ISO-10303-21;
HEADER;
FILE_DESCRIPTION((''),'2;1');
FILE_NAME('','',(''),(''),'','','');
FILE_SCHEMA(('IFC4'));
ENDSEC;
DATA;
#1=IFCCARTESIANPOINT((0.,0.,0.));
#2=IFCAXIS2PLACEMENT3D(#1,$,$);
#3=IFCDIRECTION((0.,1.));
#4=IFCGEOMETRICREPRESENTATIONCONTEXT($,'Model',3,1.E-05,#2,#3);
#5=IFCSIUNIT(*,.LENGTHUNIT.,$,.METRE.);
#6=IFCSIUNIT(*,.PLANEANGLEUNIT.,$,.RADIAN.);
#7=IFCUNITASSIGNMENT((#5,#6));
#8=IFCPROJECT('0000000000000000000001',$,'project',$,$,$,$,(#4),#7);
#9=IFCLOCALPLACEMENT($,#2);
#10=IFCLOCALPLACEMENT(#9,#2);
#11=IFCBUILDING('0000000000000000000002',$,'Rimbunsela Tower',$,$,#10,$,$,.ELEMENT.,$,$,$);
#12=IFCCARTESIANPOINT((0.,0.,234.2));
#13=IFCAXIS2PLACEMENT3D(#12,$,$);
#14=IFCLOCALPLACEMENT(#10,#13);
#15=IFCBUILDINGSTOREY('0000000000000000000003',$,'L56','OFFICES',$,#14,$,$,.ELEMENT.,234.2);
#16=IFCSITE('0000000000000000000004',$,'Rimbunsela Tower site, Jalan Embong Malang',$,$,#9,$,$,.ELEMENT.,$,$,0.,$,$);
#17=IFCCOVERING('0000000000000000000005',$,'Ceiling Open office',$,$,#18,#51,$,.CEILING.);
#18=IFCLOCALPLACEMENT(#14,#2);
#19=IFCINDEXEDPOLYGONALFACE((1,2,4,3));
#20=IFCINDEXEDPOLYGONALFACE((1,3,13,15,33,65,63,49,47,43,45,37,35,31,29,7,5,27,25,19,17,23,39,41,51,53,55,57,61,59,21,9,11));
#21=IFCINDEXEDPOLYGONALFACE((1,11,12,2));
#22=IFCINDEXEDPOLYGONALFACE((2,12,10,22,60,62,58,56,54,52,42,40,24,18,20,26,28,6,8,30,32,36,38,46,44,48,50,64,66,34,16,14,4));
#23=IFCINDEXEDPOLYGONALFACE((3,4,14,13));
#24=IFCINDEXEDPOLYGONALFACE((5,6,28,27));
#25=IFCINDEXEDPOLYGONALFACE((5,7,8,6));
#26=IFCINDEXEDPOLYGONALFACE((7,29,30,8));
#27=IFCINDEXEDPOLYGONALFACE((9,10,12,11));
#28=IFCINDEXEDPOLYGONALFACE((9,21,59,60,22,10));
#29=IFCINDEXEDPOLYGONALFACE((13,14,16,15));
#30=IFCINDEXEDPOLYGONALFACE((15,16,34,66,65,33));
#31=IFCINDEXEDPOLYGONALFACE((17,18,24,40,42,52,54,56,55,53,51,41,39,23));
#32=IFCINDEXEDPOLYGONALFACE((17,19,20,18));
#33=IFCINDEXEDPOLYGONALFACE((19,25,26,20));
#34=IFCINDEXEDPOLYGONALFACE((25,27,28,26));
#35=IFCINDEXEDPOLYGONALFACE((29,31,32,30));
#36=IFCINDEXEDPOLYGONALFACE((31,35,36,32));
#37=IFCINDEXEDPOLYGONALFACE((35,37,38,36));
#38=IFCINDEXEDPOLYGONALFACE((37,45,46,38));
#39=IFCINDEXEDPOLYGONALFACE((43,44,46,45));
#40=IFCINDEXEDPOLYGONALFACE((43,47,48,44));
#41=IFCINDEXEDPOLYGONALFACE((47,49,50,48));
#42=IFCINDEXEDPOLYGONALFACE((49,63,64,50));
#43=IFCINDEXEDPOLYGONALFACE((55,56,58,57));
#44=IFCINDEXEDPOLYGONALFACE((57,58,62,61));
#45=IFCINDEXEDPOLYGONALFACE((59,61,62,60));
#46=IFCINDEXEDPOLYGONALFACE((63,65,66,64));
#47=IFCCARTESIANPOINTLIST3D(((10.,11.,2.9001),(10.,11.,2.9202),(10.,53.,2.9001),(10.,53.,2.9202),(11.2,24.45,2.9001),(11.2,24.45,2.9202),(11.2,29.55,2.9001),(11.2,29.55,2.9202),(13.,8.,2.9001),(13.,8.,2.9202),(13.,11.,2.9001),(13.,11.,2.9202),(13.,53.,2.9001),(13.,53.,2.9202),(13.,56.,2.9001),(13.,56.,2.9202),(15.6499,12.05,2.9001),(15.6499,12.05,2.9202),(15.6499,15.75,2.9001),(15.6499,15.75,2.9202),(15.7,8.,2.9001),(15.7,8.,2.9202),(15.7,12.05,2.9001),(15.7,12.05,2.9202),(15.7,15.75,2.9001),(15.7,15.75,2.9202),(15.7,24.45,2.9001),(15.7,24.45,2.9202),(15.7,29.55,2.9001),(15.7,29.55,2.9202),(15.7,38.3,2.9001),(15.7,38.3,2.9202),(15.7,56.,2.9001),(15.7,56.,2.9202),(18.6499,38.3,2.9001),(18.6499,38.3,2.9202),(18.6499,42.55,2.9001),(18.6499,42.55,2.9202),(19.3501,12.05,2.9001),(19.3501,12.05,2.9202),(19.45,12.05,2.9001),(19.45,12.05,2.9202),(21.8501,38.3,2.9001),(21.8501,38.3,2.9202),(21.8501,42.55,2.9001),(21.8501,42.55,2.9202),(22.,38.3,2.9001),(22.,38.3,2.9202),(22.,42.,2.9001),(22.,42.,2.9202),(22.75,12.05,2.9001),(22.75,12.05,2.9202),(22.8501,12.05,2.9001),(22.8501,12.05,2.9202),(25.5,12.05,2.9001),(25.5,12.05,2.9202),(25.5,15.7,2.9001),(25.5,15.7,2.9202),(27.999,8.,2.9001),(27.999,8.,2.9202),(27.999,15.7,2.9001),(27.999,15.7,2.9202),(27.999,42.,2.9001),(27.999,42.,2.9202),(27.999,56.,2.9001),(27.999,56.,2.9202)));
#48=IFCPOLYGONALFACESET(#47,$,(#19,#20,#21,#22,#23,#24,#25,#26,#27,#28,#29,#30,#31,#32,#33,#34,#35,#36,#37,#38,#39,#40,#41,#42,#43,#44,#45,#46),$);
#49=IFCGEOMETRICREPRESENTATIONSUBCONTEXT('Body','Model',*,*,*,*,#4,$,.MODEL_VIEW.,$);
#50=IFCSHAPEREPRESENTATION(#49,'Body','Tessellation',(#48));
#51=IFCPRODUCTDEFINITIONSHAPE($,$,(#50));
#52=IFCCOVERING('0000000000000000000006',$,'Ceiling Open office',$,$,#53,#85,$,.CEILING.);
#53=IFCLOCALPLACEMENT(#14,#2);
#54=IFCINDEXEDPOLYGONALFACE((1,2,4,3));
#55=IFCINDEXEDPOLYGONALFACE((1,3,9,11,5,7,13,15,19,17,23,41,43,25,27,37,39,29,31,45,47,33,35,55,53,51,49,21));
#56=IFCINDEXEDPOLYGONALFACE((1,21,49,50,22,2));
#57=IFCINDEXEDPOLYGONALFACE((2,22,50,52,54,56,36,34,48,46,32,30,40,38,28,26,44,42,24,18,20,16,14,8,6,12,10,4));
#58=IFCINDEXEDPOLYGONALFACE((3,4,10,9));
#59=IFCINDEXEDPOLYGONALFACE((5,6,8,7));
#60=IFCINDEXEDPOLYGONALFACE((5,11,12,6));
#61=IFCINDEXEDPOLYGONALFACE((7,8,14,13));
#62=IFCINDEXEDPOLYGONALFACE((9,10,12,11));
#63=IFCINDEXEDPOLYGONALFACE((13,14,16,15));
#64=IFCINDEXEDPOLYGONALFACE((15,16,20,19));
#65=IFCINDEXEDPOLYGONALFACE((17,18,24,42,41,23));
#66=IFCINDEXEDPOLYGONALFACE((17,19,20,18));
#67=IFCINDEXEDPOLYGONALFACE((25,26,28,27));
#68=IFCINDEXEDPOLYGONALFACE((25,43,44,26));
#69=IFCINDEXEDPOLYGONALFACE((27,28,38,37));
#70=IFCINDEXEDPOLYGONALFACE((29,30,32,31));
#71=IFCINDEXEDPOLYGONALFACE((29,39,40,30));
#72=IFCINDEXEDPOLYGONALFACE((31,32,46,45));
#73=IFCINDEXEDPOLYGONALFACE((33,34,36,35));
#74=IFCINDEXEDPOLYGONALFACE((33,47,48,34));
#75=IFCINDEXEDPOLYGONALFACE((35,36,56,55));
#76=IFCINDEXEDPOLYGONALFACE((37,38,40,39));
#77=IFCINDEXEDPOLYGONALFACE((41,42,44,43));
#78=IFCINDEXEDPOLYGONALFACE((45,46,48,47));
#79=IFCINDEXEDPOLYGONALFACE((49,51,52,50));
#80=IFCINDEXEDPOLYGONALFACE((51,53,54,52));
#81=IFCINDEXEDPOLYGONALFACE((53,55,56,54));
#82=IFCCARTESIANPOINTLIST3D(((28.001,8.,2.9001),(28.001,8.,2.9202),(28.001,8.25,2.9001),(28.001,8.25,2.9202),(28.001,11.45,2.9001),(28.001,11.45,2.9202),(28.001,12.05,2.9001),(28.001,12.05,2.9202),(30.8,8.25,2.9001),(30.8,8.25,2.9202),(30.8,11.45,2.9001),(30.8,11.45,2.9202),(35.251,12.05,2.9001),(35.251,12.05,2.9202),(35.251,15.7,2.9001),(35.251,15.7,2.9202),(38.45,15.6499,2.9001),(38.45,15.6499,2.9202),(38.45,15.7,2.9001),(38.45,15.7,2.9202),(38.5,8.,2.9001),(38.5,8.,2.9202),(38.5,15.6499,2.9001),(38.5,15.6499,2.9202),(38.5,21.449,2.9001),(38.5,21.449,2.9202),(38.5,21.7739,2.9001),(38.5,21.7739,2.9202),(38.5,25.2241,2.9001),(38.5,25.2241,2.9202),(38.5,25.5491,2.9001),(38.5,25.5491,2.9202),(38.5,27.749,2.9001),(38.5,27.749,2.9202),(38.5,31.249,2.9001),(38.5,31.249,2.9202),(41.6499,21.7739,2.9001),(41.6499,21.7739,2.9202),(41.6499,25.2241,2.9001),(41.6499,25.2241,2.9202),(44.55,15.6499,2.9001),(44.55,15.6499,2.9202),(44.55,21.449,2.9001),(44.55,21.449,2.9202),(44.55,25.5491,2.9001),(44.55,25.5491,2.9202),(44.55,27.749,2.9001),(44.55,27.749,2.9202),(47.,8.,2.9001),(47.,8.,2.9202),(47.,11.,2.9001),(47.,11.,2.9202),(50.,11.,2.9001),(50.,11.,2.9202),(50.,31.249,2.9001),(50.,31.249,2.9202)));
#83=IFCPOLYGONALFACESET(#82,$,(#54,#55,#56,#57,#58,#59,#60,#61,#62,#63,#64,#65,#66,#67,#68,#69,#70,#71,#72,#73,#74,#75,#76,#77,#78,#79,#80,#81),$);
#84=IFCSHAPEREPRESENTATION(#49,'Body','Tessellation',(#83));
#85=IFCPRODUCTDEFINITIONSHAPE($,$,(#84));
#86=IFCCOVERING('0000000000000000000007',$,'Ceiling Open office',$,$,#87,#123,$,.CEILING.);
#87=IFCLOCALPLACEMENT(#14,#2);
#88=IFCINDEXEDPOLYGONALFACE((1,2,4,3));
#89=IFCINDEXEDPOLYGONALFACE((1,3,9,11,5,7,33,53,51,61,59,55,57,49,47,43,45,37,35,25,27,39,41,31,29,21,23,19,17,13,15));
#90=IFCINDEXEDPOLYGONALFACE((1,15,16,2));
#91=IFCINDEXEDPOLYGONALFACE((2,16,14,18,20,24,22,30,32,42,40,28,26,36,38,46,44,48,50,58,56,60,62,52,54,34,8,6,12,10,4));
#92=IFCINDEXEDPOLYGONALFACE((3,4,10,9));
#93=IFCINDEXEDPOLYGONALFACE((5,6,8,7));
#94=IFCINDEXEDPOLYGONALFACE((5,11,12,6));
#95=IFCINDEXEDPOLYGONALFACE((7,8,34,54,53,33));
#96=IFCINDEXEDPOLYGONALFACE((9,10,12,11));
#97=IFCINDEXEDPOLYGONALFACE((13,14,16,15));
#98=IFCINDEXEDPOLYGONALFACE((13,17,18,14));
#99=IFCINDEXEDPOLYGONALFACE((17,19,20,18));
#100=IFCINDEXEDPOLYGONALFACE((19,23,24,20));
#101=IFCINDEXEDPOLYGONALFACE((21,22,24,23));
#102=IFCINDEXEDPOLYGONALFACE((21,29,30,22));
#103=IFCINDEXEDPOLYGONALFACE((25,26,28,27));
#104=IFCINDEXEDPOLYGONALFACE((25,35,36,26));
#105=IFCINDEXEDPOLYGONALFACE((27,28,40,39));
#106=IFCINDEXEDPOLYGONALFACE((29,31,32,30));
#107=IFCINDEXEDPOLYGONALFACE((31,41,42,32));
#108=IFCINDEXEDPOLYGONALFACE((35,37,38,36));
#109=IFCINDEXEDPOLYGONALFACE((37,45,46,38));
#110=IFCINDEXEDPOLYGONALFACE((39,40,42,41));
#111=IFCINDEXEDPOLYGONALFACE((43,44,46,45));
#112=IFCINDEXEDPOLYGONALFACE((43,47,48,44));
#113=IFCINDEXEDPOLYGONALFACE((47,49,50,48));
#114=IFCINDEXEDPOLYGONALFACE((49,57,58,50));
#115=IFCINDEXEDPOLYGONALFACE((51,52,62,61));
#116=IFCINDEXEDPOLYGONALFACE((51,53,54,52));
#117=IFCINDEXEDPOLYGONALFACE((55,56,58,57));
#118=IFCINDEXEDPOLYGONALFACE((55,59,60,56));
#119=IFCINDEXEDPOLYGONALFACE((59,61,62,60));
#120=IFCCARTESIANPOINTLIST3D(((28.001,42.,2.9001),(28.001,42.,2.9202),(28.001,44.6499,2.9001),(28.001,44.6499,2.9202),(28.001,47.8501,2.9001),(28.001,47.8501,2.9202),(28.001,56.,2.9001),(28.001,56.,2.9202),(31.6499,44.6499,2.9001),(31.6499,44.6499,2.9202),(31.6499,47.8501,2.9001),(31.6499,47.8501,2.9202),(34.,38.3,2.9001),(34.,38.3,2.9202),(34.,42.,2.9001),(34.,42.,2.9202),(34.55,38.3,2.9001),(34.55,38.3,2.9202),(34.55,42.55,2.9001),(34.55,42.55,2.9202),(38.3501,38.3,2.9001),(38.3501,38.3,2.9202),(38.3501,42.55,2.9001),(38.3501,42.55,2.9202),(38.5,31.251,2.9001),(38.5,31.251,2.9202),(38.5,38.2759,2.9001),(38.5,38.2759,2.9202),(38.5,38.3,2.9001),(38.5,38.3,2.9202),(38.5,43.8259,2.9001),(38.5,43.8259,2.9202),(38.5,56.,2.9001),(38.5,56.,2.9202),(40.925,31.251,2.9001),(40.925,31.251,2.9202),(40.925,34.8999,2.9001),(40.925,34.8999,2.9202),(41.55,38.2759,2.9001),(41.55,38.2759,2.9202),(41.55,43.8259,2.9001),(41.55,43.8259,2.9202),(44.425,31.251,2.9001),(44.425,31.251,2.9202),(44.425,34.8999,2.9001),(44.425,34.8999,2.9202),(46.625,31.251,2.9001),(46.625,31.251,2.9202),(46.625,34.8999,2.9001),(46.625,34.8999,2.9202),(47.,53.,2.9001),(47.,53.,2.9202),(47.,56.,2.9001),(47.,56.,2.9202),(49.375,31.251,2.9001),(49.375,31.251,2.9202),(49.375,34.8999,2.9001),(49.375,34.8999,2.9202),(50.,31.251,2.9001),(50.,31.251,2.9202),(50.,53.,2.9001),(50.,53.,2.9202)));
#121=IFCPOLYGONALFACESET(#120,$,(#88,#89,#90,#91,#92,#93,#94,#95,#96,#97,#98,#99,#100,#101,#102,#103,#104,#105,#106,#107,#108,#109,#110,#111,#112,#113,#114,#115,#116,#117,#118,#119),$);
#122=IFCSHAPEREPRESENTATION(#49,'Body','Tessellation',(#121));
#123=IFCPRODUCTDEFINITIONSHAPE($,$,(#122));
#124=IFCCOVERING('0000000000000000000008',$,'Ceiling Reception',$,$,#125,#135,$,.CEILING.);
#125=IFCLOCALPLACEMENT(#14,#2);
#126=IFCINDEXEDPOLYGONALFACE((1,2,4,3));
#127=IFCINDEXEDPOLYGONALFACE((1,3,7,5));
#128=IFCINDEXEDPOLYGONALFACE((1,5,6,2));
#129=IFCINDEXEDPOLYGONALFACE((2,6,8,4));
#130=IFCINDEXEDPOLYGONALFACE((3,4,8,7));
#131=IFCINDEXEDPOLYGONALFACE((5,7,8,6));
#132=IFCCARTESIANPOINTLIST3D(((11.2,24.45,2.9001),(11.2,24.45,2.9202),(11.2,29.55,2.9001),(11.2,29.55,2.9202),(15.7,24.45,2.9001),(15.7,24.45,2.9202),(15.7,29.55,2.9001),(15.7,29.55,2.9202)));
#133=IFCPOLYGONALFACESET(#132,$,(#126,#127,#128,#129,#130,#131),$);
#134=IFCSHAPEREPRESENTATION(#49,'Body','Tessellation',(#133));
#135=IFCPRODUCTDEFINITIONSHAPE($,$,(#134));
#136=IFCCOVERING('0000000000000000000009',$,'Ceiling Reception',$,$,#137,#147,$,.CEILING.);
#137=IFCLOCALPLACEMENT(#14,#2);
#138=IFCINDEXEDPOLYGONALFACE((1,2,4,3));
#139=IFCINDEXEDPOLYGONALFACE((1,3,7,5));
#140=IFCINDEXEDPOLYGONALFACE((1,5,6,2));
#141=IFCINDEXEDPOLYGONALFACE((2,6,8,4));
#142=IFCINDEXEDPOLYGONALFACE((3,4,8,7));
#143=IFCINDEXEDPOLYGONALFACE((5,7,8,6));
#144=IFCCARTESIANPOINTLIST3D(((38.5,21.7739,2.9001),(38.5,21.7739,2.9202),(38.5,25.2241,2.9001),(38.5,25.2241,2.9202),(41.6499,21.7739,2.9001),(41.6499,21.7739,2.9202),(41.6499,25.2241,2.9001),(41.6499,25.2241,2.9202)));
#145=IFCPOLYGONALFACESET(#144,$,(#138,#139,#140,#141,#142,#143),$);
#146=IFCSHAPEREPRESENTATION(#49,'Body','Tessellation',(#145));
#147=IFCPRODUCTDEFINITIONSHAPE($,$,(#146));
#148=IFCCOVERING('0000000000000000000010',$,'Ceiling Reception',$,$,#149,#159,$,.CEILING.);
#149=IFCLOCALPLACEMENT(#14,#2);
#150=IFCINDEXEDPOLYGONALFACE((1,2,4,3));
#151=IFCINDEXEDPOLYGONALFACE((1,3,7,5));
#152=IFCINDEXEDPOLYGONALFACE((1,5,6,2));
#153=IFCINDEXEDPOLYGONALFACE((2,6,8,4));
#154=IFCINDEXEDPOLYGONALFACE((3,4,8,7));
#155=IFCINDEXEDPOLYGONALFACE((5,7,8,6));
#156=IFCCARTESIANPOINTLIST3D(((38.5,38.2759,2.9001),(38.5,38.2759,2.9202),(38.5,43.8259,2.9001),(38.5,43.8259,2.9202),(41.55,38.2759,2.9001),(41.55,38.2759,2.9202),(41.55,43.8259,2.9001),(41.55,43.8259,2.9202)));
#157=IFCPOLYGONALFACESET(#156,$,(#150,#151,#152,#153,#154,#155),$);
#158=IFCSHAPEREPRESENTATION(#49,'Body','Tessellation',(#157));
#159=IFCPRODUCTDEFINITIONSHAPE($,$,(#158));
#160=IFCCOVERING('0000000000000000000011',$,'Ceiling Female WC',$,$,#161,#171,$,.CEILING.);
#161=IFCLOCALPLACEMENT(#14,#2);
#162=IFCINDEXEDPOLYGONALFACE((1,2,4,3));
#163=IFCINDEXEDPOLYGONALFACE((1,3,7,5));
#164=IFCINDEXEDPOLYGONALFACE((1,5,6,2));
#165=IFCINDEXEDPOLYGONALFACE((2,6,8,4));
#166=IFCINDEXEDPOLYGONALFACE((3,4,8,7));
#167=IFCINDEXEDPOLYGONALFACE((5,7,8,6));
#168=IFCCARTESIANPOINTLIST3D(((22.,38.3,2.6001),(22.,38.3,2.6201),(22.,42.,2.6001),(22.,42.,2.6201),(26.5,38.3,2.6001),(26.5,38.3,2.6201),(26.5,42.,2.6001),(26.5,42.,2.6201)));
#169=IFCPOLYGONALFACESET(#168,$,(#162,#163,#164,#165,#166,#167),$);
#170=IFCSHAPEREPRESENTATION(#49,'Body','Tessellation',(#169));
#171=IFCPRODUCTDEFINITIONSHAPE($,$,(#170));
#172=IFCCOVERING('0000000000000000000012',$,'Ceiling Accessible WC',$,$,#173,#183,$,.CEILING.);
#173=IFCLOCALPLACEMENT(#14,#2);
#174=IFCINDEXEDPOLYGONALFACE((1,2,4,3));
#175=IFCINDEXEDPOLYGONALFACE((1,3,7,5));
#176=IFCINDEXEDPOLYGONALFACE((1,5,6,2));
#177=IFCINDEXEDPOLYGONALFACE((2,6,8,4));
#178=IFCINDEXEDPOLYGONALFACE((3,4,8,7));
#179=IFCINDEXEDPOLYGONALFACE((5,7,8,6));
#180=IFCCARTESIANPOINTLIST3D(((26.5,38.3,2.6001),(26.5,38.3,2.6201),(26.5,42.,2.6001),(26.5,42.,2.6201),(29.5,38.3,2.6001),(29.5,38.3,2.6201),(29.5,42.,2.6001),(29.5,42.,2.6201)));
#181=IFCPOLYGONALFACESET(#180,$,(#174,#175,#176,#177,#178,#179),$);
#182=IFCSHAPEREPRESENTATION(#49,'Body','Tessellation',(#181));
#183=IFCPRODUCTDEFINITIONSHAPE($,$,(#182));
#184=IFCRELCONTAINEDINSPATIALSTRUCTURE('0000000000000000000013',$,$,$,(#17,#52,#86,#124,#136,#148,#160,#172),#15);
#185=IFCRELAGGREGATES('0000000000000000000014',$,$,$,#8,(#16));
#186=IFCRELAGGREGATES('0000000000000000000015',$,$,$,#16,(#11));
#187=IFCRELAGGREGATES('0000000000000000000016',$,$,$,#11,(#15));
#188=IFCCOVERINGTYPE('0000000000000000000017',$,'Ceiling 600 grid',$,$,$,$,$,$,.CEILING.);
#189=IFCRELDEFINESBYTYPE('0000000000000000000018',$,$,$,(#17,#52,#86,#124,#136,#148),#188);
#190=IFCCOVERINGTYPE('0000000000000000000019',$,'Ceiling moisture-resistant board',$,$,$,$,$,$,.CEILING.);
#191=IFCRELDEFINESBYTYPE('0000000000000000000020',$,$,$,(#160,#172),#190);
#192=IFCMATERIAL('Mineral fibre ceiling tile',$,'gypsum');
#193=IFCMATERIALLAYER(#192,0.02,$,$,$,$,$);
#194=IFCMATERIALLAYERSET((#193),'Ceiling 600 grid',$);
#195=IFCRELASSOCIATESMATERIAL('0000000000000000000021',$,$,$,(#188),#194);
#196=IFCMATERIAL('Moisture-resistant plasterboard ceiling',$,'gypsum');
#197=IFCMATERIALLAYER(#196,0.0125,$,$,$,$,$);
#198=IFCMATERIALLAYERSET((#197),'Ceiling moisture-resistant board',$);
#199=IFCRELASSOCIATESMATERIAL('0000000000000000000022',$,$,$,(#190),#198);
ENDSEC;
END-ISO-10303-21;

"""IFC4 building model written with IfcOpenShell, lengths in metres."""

from ifc_helpers import new_model, si_unit, direction, frame, origin, place, context, subcontext, project, spatial, polyline, outline, extrude, material, layer, layer_set, type_object, element, save


model = new_model("IFC4")

# Units and contexts
model_context = context("Model", 3, precision=1e-05, world=origin(), true_north=direction((0.0, 1.0)))
body_context = subcontext(model_context, "Body", "Model", "MODEL_VIEW")
ifc_project = project(units=[si_unit("LENGTHUNIT", "METRE"), si_unit("PLANEANGLEUNIT", "RADIAN")], contexts=[model_context])

# Site, building, storey
site_placement = place(None, origin())
site = spatial("IfcSite", under=ifc_project, at=site_placement, Name="Rimbunsela Tower site, Jalan Embong Malang", CompositionType="ELEMENT", RefElevation=0.0)
building_placement = place(site_placement, origin())
building = spatial("IfcBuilding", under=site, at=building_placement, Name="Rimbunsela Tower", CompositionType="ELEMENT")
storey_placement = place(building_placement, frame((0.0, 0.0, 234.2)))
storey = spatial("IfcBuildingStorey", under=building, at=storey_placement, Name="L56", Description="OFFICES", CompositionType="ELEMENT", Elevation=234.2)

# Coverings
ifc_material_1 = material(Name="Mineral fibre ceiling tile", Category="gypsum")
ifc_layer_1 = layer(ifc_material_1, 0.02)
ifc_layer_set_1 = layer_set([ifc_layer_1], Name="Ceiling 600 grid")
covering_type_1 = type_object("IfcCoveringType", Name="Ceiling 600 grid", PredefinedType="CEILING", material=ifc_layer_set_1)
covering_1_placement = place(storey_placement, frame((0.0, 0.0, 2.9001)))
element("IfcCovering", 1, at=covering_1_placement, inside=storey, type_object=covering_type_1, Name="Ceiling Open office", PredefinedType="CEILING", context=body_context, shape_type="SweptSolid", body=[
    extrude(outline(polyline([(19.45, 12.05), (22.75, 12.05), (22.8501, 12.05), (25.5, 12.05), (25.5, 15.7), (27.999, 15.7), (27.999, 8.0), (15.7, 8.0), (13.0, 8.0), (13.0, 11.0), (10.0, 11.0), (10.0, 53.0), (13.0, 53.0), (13.0, 56.0), (15.7, 56.0), (27.999, 56.0), (27.999, 42.0), (22.0, 42.0), (22.0, 38.3), (21.8501, 38.3), (21.8501, 42.55), (18.6499, 42.55), (18.6499, 38.3), (15.7, 38.3), (15.7, 29.55), (11.2, 29.55), (11.2, 24.45), (15.7, 24.45), (15.7, 15.75), (15.6499, 15.75), (15.6499, 12.05), (15.7, 12.05), (19.3501, 12.05), (19.45, 12.05)])), origin(), (0.0, 0.0, 1.0), 0.02),
])
covering_2_placement = place(storey_placement, frame((0.0, 0.0, 2.9001)))
element("IfcCovering", 2, at=covering_2_placement, inside=storey, type_object=covering_type_1, Name="Ceiling Open office", PredefinedType="CEILING", context=body_context, shape_type="SweptSolid", body=[
    extrude(outline(polyline([(28.001, 8.25), (30.8, 8.25), (30.8, 11.45), (28.001, 11.45), (28.001, 12.05), (35.251, 12.05), (35.251, 15.7), (38.45, 15.7), (38.45, 15.6499), (38.5, 15.6499), (44.55, 15.6499), (44.55, 21.449), (38.5, 21.449), (38.5, 21.7739), (41.6499, 21.7739), (41.6499, 25.2241), (38.5, 25.2241), (38.5, 25.5491), (44.55, 25.5491), (44.55, 27.749), (38.5, 27.749), (38.5, 31.249), (50.0, 31.249), (50.0, 11.0), (47.0, 11.0), (47.0, 8.0), (38.5, 8.0), (28.001, 8.0), (28.001, 8.25)])), origin(), (0.0, 0.0, 1.0), 0.02),
])
covering_3_placement = place(storey_placement, frame((0.0, 0.0, 2.9001)))
element("IfcCovering", 3, at=covering_3_placement, inside=storey, type_object=covering_type_1, Name="Ceiling Open office", PredefinedType="CEILING", context=body_context, shape_type="SweptSolid", body=[
    extrude(outline(polyline([(38.5, 38.3), (38.3501, 38.3), (38.3501, 42.55), (34.55, 42.55), (34.55, 38.3), (34.0, 38.3), (34.0, 42.0), (28.001, 42.0), (28.001, 44.6499), (31.6499, 44.6499), (31.6499, 47.8501), (28.001, 47.8501), (28.001, 56.0), (38.5, 56.0), (47.0, 56.0), (47.0, 53.0), (50.0, 53.0), (50.0, 31.251), (49.375, 31.251), (49.375, 34.8999), (46.625, 34.8999), (46.625, 31.251), (44.425, 31.251), (44.425, 34.8999), (40.925, 34.8999), (40.925, 31.251), (38.5, 31.251), (38.5, 38.2759), (41.55, 38.2759), (41.55, 43.8259), (38.5, 43.8259), (38.5, 38.3)])), origin(), (0.0, 0.0, 1.0), 0.02),
])
covering_4_placement = place(storey_placement, frame((0.0, 0.0, 2.9001)))
element("IfcCovering", 4, at=covering_4_placement, inside=storey, type_object=covering_type_1, Name="Ceiling Reception", PredefinedType="CEILING", context=body_context, shape_type="SweptSolid", body=[
    extrude(outline(polyline([(15.7, 24.45), (15.7, 29.55), (11.2, 29.55), (11.2, 24.45), (15.7, 24.45)])), origin(), (0.0, 0.0, 1.0), 0.02),
])
covering_5_placement = place(storey_placement, frame((0.0, 0.0, 2.9001)))
element("IfcCovering", 5, at=covering_5_placement, inside=storey, type_object=covering_type_1, Name="Ceiling Reception", PredefinedType="CEILING", context=body_context, shape_type="SweptSolid", body=[
    extrude(outline(polyline([(41.6499, 21.7739), (41.6499, 25.2241), (38.5, 25.2241), (38.5, 21.7739), (41.6499, 21.7739)])), origin(), (0.0, 0.0, 1.0), 0.02),
])
covering_6_placement = place(storey_placement, frame((0.0, 0.0, 2.9001)))
element("IfcCovering", 6, at=covering_6_placement, inside=storey, type_object=covering_type_1, Name="Ceiling Reception", PredefinedType="CEILING", context=body_context, shape_type="SweptSolid", body=[
    extrude(outline(polyline([(41.55, 38.2759), (41.55, 43.8259), (38.5, 43.8259), (38.5, 38.2759), (41.55, 38.2759)])), origin(), (0.0, 0.0, 1.0), 0.02),
])
ifc_material_2 = material(Name="Moisture-resistant plasterboard ceiling", Category="gypsum")
ifc_layer_2 = layer(ifc_material_2, 0.0125)
ifc_layer_set_2 = layer_set([ifc_layer_2], Name="Ceiling moisture-resistant board")
covering_type_2 = type_object("IfcCoveringType", Name="Ceiling moisture-resistant board", PredefinedType="CEILING", material=ifc_layer_set_2)
covering_7_placement = place(storey_placement, frame((0.0, 0.0, 2.6001)))
element("IfcCovering", 7, at=covering_7_placement, inside=storey, type_object=covering_type_2, Name="Ceiling Female WC", PredefinedType="CEILING", context=body_context, shape_type="SweptSolid", body=[
    extrude(outline(polyline([(26.5, 38.3), (26.5, 42.0), (22.0, 42.0), (22.0, 38.3), (26.5, 38.3)])), origin(), (0.0, 0.0, 1.0), 0.02),
])
covering_8_placement = place(storey_placement, frame((0.0, 0.0, 2.6001)))
element("IfcCovering", 8, at=covering_8_placement, inside=storey, type_object=covering_type_2, Name="Ceiling Accessible WC", PredefinedType="CEILING", context=body_context, shape_type="SweptSolid", body=[
    extrude(outline(polyline([(29.5, 38.3), (29.5, 42.0), (26.5, 42.0), (26.5, 38.3), (29.5, 38.3)])), origin(), (0.0, 0.0, 1.0), 0.02),
])

save(model, "model.ifc")
